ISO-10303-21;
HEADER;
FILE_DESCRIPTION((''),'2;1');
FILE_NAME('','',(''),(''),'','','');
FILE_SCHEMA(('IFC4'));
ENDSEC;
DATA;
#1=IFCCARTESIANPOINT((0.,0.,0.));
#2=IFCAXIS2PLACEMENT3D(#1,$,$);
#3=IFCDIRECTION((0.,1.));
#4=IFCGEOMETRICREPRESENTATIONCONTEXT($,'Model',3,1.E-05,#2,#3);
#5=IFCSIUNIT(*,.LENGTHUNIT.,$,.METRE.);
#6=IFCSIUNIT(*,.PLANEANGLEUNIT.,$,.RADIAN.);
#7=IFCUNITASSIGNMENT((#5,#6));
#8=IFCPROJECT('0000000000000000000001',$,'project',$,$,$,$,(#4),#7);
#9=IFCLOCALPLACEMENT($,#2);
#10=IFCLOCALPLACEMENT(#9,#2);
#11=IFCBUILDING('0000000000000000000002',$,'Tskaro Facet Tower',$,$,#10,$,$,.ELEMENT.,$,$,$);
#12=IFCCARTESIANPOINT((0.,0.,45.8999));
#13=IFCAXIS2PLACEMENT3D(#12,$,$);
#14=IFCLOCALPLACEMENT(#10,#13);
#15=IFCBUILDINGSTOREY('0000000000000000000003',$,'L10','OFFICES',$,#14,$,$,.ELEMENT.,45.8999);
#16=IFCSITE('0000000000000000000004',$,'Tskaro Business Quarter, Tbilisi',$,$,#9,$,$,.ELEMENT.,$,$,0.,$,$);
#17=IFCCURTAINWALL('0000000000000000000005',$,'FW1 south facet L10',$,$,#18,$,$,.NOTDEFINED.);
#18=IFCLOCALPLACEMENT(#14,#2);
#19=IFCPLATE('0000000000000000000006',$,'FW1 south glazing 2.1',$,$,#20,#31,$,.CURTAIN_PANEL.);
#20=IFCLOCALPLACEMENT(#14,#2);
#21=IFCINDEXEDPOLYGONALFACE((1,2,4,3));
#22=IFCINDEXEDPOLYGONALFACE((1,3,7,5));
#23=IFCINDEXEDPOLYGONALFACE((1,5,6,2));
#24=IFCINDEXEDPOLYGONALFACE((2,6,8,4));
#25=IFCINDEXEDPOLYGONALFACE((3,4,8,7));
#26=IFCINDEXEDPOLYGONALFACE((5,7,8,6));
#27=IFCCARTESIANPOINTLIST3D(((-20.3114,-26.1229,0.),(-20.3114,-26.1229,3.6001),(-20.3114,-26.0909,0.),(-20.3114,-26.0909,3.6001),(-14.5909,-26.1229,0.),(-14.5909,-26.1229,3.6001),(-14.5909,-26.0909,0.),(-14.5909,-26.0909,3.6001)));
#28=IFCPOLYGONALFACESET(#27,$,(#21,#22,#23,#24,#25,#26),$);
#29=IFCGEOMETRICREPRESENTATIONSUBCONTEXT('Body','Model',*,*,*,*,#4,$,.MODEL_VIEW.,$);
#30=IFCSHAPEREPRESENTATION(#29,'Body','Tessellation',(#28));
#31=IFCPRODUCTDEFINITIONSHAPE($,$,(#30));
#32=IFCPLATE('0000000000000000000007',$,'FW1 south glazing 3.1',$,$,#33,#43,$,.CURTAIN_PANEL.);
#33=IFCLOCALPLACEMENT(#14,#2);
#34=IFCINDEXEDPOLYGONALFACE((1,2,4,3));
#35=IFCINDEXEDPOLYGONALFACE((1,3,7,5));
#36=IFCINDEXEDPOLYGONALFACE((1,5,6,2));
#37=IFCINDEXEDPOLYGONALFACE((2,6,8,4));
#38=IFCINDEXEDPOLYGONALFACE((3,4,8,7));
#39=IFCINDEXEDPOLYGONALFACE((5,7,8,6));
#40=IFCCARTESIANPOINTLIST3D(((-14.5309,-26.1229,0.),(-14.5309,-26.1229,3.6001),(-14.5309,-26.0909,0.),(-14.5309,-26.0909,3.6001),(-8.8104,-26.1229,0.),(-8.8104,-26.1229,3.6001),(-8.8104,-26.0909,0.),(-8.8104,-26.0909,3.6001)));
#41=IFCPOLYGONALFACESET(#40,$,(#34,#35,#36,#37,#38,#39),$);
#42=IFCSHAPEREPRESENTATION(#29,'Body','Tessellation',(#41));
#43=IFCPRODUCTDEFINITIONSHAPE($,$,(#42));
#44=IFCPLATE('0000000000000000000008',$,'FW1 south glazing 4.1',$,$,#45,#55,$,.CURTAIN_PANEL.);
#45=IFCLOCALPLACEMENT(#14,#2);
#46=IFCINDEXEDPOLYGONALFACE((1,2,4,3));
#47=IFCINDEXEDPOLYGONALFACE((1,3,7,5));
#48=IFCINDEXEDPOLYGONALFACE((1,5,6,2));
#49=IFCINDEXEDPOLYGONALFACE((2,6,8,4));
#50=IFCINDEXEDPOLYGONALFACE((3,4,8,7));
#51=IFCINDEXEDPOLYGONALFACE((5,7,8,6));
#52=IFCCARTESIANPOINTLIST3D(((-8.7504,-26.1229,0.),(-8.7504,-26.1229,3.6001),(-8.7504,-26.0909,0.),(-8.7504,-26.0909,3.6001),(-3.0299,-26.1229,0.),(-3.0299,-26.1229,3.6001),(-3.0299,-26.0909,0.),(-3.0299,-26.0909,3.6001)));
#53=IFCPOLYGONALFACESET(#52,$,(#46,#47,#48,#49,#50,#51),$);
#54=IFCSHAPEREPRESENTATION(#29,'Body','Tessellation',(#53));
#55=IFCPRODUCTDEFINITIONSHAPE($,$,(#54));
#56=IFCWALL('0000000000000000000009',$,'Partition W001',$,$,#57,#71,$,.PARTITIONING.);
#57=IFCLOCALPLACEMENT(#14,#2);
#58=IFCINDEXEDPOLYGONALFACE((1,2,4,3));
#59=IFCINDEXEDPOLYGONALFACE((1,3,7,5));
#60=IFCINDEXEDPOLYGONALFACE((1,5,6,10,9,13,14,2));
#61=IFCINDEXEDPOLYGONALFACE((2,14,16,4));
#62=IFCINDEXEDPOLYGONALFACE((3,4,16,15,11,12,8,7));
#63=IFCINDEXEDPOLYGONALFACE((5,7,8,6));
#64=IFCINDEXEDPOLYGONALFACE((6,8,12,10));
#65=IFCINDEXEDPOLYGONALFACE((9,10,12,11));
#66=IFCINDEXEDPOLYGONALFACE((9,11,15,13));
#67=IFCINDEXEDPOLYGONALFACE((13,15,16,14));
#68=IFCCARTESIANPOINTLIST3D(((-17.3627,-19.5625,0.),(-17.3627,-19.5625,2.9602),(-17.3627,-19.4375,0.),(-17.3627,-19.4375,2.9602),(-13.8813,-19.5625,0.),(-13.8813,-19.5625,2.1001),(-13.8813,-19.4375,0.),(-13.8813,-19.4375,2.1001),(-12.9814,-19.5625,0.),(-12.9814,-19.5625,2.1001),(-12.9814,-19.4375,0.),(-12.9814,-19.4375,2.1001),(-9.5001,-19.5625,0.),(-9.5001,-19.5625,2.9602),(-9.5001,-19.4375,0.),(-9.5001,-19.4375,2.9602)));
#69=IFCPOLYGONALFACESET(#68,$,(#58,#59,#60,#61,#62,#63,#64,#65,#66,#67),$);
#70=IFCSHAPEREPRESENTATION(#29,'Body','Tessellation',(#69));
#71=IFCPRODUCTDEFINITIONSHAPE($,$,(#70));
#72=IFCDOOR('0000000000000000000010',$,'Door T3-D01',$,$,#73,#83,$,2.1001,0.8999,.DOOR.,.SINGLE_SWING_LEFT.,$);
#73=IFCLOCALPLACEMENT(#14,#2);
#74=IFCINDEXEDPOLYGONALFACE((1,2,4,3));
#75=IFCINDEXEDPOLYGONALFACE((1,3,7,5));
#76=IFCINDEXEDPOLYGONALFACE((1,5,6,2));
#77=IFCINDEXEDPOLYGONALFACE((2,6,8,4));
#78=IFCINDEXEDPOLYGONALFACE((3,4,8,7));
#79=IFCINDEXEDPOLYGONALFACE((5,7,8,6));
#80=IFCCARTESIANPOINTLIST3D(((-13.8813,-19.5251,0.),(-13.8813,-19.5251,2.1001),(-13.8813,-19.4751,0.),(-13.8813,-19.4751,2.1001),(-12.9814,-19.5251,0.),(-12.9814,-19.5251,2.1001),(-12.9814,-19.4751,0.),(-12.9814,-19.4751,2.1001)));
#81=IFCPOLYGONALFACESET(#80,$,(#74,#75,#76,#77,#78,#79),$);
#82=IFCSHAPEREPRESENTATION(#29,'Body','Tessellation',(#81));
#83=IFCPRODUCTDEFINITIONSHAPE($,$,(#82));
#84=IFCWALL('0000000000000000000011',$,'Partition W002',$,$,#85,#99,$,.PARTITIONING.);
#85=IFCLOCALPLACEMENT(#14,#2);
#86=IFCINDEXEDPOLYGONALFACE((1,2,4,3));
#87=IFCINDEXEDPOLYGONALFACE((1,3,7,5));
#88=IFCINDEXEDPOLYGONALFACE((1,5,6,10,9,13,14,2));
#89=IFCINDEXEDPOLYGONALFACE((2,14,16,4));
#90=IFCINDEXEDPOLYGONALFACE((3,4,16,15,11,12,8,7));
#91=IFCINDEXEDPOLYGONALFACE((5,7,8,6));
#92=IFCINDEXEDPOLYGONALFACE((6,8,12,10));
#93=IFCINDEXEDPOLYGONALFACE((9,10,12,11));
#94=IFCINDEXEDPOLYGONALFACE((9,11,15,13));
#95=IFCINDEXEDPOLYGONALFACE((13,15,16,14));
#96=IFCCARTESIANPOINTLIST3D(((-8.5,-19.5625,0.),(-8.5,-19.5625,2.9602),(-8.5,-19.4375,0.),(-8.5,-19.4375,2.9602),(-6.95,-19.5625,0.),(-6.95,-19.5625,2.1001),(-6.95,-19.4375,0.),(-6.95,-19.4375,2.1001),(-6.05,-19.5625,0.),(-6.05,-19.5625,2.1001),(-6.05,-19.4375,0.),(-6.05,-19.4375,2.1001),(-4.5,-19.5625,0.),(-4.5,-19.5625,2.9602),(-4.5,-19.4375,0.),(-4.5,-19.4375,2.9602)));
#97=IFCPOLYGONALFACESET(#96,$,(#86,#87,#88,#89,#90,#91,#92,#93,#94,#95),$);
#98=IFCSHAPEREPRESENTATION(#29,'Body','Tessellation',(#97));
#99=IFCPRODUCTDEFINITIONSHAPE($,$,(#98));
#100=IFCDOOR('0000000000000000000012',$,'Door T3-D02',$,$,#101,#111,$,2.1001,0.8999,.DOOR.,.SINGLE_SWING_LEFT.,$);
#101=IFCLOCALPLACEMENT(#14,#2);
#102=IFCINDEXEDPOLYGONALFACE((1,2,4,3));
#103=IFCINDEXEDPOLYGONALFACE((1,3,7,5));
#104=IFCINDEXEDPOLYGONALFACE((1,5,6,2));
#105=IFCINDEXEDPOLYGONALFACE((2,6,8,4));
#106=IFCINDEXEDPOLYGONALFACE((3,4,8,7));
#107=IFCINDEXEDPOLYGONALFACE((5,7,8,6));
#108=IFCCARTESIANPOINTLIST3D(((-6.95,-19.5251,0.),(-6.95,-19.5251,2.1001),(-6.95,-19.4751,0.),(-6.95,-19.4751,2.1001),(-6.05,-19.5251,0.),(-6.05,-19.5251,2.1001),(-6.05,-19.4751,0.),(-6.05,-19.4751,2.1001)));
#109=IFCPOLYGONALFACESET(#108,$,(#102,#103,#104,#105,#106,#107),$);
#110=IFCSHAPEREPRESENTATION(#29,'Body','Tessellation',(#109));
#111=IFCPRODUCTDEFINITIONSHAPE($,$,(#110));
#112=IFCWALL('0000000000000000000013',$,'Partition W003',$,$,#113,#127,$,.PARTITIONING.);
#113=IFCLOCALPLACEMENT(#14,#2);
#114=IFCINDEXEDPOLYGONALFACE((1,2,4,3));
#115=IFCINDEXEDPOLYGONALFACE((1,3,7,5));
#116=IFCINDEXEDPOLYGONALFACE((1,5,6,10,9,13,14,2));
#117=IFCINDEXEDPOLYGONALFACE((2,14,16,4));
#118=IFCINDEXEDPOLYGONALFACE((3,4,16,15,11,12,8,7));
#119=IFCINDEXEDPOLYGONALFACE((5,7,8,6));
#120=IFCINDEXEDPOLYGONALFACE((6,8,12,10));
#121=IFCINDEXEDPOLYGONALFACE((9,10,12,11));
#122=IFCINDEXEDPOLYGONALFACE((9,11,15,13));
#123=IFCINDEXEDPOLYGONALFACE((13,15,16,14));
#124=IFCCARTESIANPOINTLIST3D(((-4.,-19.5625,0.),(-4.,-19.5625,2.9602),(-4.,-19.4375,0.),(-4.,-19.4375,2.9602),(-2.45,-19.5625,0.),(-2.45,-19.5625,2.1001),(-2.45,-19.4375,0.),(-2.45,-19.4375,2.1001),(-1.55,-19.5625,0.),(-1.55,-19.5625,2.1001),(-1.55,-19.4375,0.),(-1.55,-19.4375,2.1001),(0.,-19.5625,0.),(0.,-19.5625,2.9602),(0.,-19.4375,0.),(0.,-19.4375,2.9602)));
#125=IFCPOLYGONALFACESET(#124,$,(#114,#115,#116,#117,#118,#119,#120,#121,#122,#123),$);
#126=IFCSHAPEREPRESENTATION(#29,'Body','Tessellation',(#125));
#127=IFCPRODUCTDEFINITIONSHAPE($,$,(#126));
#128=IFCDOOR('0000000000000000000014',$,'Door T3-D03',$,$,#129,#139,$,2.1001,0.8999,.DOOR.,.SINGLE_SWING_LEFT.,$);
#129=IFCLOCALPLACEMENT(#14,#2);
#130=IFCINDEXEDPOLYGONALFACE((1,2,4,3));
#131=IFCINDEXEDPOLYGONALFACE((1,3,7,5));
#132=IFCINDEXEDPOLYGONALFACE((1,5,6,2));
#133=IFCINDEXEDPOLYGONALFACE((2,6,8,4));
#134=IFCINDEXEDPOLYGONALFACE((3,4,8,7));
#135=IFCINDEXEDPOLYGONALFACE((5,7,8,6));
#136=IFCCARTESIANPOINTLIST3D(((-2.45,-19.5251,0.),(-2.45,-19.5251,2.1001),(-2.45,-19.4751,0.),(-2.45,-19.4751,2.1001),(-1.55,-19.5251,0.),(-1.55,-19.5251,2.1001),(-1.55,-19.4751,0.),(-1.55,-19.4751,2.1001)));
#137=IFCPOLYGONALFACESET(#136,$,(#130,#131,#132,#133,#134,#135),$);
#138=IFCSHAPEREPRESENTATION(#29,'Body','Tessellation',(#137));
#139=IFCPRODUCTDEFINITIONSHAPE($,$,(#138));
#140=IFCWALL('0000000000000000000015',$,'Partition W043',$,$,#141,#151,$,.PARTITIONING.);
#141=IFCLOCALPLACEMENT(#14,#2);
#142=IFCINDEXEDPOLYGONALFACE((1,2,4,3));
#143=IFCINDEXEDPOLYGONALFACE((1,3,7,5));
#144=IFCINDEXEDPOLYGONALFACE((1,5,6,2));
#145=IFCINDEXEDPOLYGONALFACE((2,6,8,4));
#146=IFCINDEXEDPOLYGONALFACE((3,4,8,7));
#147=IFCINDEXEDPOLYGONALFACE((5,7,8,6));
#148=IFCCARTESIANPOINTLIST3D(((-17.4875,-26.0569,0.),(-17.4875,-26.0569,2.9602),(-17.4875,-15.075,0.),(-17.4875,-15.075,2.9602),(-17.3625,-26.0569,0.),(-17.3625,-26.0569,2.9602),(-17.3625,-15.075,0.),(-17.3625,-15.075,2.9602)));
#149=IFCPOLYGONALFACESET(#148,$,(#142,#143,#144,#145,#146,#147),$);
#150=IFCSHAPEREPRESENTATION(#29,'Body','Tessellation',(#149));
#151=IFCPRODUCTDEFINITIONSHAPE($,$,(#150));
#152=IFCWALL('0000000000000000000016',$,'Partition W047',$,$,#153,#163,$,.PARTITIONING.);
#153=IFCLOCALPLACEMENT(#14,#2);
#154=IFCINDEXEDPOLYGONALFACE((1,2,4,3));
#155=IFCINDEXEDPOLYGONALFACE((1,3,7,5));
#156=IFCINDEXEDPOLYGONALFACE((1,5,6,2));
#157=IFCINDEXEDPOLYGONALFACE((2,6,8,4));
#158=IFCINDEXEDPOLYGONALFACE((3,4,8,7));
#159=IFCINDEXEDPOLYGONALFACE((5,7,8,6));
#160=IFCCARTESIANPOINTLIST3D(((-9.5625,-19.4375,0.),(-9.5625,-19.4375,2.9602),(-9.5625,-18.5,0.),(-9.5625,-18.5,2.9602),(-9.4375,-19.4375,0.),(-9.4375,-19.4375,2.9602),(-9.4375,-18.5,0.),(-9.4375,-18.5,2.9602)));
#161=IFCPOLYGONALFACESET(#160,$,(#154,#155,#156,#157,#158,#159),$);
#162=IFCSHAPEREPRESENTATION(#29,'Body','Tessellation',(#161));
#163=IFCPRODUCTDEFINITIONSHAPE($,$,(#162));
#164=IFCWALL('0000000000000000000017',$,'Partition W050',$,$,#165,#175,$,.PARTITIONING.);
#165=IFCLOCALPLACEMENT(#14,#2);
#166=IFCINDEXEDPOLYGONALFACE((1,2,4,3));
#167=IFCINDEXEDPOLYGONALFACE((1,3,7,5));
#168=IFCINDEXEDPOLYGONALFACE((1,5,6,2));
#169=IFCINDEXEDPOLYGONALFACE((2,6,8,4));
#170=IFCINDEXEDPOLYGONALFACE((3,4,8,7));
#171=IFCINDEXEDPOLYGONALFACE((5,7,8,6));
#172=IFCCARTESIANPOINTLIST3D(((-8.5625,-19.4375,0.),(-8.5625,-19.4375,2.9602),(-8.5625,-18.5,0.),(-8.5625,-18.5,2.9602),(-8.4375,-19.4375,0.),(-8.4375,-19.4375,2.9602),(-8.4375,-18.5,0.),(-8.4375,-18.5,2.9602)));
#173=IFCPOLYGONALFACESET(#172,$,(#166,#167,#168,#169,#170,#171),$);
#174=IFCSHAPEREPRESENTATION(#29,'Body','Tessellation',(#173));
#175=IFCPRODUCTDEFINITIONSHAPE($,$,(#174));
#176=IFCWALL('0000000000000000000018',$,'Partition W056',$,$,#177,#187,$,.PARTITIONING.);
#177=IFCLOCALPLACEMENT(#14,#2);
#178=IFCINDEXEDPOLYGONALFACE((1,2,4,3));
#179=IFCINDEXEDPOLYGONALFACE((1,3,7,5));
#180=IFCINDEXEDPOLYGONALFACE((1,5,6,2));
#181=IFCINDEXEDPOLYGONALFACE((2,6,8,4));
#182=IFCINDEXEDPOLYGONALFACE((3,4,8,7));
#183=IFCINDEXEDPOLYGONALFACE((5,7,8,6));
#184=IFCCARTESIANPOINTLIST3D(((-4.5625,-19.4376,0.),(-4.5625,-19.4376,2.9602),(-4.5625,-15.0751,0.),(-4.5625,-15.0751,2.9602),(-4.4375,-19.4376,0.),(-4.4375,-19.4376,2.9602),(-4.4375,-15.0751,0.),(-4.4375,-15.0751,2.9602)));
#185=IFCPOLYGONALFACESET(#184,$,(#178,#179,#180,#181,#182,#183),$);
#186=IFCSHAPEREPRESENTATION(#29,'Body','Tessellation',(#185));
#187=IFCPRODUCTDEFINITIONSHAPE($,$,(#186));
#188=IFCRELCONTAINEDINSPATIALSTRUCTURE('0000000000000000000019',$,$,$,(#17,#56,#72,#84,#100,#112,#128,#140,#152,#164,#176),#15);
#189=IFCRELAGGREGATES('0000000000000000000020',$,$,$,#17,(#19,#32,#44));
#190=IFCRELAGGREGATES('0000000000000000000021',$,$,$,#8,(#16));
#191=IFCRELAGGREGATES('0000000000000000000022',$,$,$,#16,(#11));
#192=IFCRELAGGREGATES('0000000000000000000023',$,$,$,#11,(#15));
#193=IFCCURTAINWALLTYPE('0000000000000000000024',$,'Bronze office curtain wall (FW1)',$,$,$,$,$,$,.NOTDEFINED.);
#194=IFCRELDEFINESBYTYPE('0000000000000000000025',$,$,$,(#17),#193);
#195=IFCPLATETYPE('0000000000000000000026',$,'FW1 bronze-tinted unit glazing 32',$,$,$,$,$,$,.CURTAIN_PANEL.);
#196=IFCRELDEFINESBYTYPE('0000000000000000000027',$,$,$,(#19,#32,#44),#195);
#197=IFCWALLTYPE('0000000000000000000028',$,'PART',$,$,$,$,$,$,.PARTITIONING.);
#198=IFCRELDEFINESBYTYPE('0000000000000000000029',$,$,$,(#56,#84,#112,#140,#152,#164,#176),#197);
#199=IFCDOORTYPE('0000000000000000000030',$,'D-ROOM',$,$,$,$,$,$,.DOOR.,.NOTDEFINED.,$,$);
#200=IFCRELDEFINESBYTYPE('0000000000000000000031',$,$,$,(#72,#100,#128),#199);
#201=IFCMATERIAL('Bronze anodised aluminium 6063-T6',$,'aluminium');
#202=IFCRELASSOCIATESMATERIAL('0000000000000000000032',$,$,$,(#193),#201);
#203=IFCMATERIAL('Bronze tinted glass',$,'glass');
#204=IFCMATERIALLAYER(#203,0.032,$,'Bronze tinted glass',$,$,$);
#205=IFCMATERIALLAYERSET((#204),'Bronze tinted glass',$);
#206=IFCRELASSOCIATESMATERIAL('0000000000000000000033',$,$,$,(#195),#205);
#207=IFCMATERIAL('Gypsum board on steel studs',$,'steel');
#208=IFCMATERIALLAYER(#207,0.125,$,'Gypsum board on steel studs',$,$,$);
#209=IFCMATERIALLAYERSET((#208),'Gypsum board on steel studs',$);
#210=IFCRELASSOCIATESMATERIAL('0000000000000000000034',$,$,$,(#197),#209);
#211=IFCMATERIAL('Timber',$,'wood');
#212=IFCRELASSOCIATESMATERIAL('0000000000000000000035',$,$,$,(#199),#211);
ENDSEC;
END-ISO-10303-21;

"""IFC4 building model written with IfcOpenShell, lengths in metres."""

from ifc_helpers import new_model, si_unit, direction, frame, frame_2d, origin, origin_2d, place, context, subcontext, project, spatial, rectangle, extrude, material, layer, layer_set, type_object, element, fill, aggregate, save


model = new_model("IFC4")

# Units and contexts
model_context = context("Model", 3, precision=1e-05, world=origin(), true_north=direction((0.0, 1.0)))
body_context = subcontext(model_context, "Body", "Model", "MODEL_VIEW")
ifc_project = project(units=[si_unit("LENGTHUNIT", "METRE"), si_unit("PLANEANGLEUNIT", "RADIAN")], contexts=[model_context])

# Site, building, storey
site_placement = place(None, origin())
site = spatial("IfcSite", under=ifc_project, at=site_placement, Name="Tskaro Business Quarter, Tbilisi", CompositionType="ELEMENT", RefElevation=0.0)
building_placement = place(site_placement, origin())
building = spatial("IfcBuilding", under=site, at=building_placement, Name="Tskaro Facet Tower", CompositionType="ELEMENT")
storey_placement = place(building_placement, frame((0.0, 0.0, 45.8999)))
storey = spatial("IfcBuildingStorey", under=building, at=storey_placement, Name="L10", Description="OFFICES", CompositionType="ELEMENT", Elevation=45.8999)

# Curtain wall
ifc_material_1 = material(Name="Bronze anodised aluminium 6063-T6", Category="aluminium")
curtain_wall_type = type_object("IfcCurtainWallType", Name="Bronze office curtain wall (FW1)", PredefinedType="NOTDEFINED", material=ifc_material_1)
curtain_wall_placement = place(storey_placement, origin())
curtain_wall = element("IfcCurtainWall", 1, at=curtain_wall_placement, inside=storey, type_object=curtain_wall_type, Name="FW1 south facet L10", PredefinedType="NOTDEFINED")

# Plates
ifc_material_2 = material(Name="Bronze tinted glass", Category="glass")
ifc_layer_1 = layer(ifc_material_2, 0.032, Name="Bronze tinted glass")
ifc_layer_set_1 = layer_set([ifc_layer_1], Name="Bronze tinted glass")
plate_type = type_object("IfcPlateType", Name="FW1 bronze-tinted unit glazing 32", PredefinedType="CURTAIN_PANEL", material=ifc_layer_set_1)
plate_1_placement = place(storey_placement, frame((-17.4512, -26.1069, 0.0), z_axis=(0.0, 0.0, 1.0), x_axis=(1.0, 0.0, 0.0)))
plate_1 = element("IfcPlate", 2, at=plate_1_placement, type_object=plate_type, Name="FW1 south glazing 2.1", PredefinedType="CURTAIN_PANEL", context=body_context, shape_type="SweptSolid", body=[
    extrude(rectangle(XDim=5.7205, YDim=0.032, at=origin_2d()), origin(), (0.0, 0.0, 1.0), 3.6001),
])
plate_2_placement = place(storey_placement, frame((-11.6707, -26.1069, 0.0), z_axis=(0.0, 0.0, 1.0), x_axis=(1.0, 0.0, 0.0)))
plate_2 = element("IfcPlate", 3, at=plate_2_placement, type_object=plate_type, Name="FW1 south glazing 3.1", PredefinedType="CURTAIN_PANEL", context=body_context, shape_type="SweptSolid", body=[
    extrude(rectangle(XDim=5.7205, YDim=0.032, at=origin_2d()), origin(), (0.0, 0.0, 1.0), 3.6001),
])
plate_3_placement = place(storey_placement, frame((-5.8901, -26.1069, 0.0), z_axis=(0.0, 0.0, 1.0), x_axis=(1.0, 0.0, 0.0)))
plate_3 = element("IfcPlate", 4, at=plate_3_placement, type_object=plate_type, Name="FW1 south glazing 4.1", PredefinedType="CURTAIN_PANEL", context=body_context, shape_type="SweptSolid", body=[
    extrude(rectangle(XDim=5.7205, YDim=0.032, at=origin_2d()), origin(), (0.0, 0.0, 1.0), 3.6001),
])
aggregate(curtain_wall, [plate_1, plate_2, plate_3])

# Walls, openings, doors
ifc_material_3 = material(Name="Gypsum board on steel studs", Category="steel")
ifc_layer_2 = layer(ifc_material_3, 0.125, Name="Gypsum board on steel studs")
ifc_layer_set_2 = layer_set([ifc_layer_2], Name="Gypsum board on steel studs")
wall_type = type_object("IfcWallType", Name="PART", PredefinedType="PARTITIONING", material=ifc_layer_set_2)
wall_1_placement = place(storey_placement, frame((-17.3625, -19.5, 0.0), z_axis=(0.0, 0.0, 1.0), x_axis=(1.0, 0.0, 0.0)))
wall_1 = element("IfcWall", 5, at=wall_1_placement, inside=storey, type_object=wall_type, Name="Partition W001", PredefinedType="PARTITIONING", context=body_context, shape_type="SweptSolid", body=[
    extrude(rectangle(XDim=7.8625, YDim=0.125, at=frame_2d((3.9312, 0.0))), origin(), (0.0, 0.0, 1.0), 2.9602),
])
opening_1_placement = place(wall_1_placement, frame((3.4812, 0.0, 0.0)))
opening_1 = element("IfcOpeningElement", 6, at=opening_1_placement, cuts=wall_1, PredefinedType="OPENING", context=body_context, shape_type="SweptSolid", body=[
    extrude(rectangle(XDim=0.8999, YDim=2.1001, at=frame_2d((0.45, 1.05))), frame((0.0, 0.0725, 0.0), z_axis=(0.0, -1.0, 0.0), x_axis=(1.0, 0.0, 0.0)), (0.0, 0.0, 1.0), 0.145),
])
ifc_material_4 = material(Name="Timber", Category="wood")
door_type = type_object("IfcDoorType", Name="D-ROOM", OperationType="NOTDEFINED", PredefinedType="DOOR", material=ifc_material_4)
door_1_placement = place(opening_1_placement, origin())
door_1 = element("IfcDoor", 7, at=door_1_placement, inside=storey, type_object=door_type, Name="Door T3-D01", OperationType="SINGLE_SWING_LEFT", OverallHeight=2.1001, OverallWidth=0.8999, PredefinedType="DOOR", context=body_context, shape_type="SweptSolid", body=[
    extrude(rectangle(XDim=0.8999, YDim=2.1001, at=frame_2d((0.45, 1.05))), frame((0.0, 0.0249, 0.0), z_axis=(0.0, -1.0, 0.0), x_axis=(1.0, 0.0, 0.0)), (0.0, 0.0, 1.0), 0.05),
])
fill(opening_1, door_1)
wall_2_placement = place(storey_placement, frame((-8.5, -19.5, 0.0), z_axis=(0.0, 0.0, 1.0), x_axis=(1.0, 0.0, 0.0)))
wall_2 = element("IfcWall", 8, at=wall_2_placement, inside=storey, type_object=wall_type, Name="Partition W002", PredefinedType="PARTITIONING", context=body_context, shape_type="SweptSolid", body=[
    extrude(rectangle(XDim=4.0, YDim=0.125, at=frame_2d((2.0, 0.0))), origin(), (0.0, 0.0, 1.0), 2.9602),
])
opening_2_placement = place(wall_2_placement, frame((1.55, 0.0, 0.0)))
opening_2 = element("IfcOpeningElement", 9, at=opening_2_placement, cuts=wall_2, PredefinedType="OPENING", context=body_context, shape_type="SweptSolid", body=[
    extrude(rectangle(XDim=0.8999, YDim=2.1001, at=frame_2d((0.45, 1.05))), frame((0.0, 0.0725, 0.0), z_axis=(0.0, -1.0, 0.0), x_axis=(1.0, 0.0, 0.0)), (0.0, 0.0, 1.0), 0.145),
])
door_2_placement = place(opening_2_placement, origin())
door_2 = element("IfcDoor", 10, at=door_2_placement, inside=storey, type_object=door_type, Name="Door T3-D02", OperationType="SINGLE_SWING_LEFT", OverallHeight=2.1001, OverallWidth=0.8999, PredefinedType="DOOR", context=body_context, shape_type="SweptSolid", body=[
    extrude(rectangle(XDim=0.8999, YDim=2.1001, at=frame_2d((0.45, 1.05))), frame((0.0, 0.0249, 0.0), z_axis=(0.0, -1.0, 0.0), x_axis=(1.0, 0.0, 0.0)), (0.0, 0.0, 1.0), 0.05),
])
fill(opening_2, door_2)
wall_3_placement = place(storey_placement, frame((-4.0, -19.5, 0.0), z_axis=(0.0, 0.0, 1.0), x_axis=(1.0, 0.0, 0.0)))
wall_3 = element("IfcWall", 11, at=wall_3_placement, inside=storey, type_object=wall_type, Name="Partition W003", PredefinedType="PARTITIONING", context=body_context, shape_type="SweptSolid", body=[
    extrude(rectangle(XDim=4.0, YDim=0.125, at=frame_2d((2.0, 0.0))), origin(), (0.0, 0.0, 1.0), 2.9602),
])
opening_3_placement = place(wall_3_placement, frame((1.55, 0.0, 0.0)))
opening_3 = element("IfcOpeningElement", 12, at=opening_3_placement, cuts=wall_3, PredefinedType="OPENING", context=body_context, shape_type="SweptSolid", body=[
    extrude(rectangle(XDim=0.8999, YDim=2.1001, at=frame_2d((0.45, 1.05))), frame((0.0, 0.0725, 0.0), z_axis=(0.0, -1.0, 0.0), x_axis=(1.0, 0.0, 0.0)), (0.0, 0.0, 1.0), 0.145),
])
door_3_placement = place(opening_3_placement, origin())
door_3 = element("IfcDoor", 13, at=door_3_placement, inside=storey, type_object=door_type, Name="Door T3-D03", OperationType="SINGLE_SWING_LEFT", OverallHeight=2.1001, OverallWidth=0.8999, PredefinedType="DOOR", context=body_context, shape_type="SweptSolid", body=[
    extrude(rectangle(XDim=0.8999, YDim=2.1001, at=frame_2d((0.45, 1.05))), frame((0.0, 0.0249, 0.0), z_axis=(0.0, -1.0, 0.0), x_axis=(1.0, 0.0, 0.0)), (0.0, 0.0, 1.0), 0.05),
])
fill(opening_3, door_3)

# Walls
wall_4_placement = place(storey_placement, frame((-17.425, -26.0569, 0.0), z_axis=(0.0, 0.0, 1.0), x_axis=(0.0, 1.0, 0.0)))
element("IfcWall", 14, at=wall_4_placement, inside=storey, type_object=wall_type, Name="Partition W043", PredefinedType="PARTITIONING", context=body_context, shape_type="SweptSolid", body=[
    extrude(rectangle(XDim=10.9819, YDim=0.125, at=frame_2d((5.491, 0.0))), origin(), (0.0, 0.0, 1.0), 2.9602),
])
for number, where, z_axis, x_axis, name in (
    (15, (-9.5, -19.4375, 0.0), (0.0, 0.0, 1.0), (0.0, 1.0, 0.0), "Partition W047"),
    (16, (-8.5, -19.4375, 0.0), (0.0, 0.0, 1.0), (0.0, 1.0, 0.0), "Partition W050"),
):
    element("IfcWall", number, at=place(storey_placement, frame(where, z_axis=z_axis, x_axis=x_axis)), inside=storey, type_object=wall_type, Name=name, PredefinedType="PARTITIONING", context=body_context, shape_type="SweptSolid", body=[
        extrude(rectangle(XDim=0.9375, YDim=0.125, at=frame_2d((0.4688, 0.0))), origin(), (0.0, 0.0, 1.0), 2.9602),
    ])
wall_5_placement = place(storey_placement, frame((-4.5, -19.4375, 0.0), z_axis=(0.0, 0.0, 1.0), x_axis=(0.0, 1.0, 0.0)))
element("IfcWall", 17, at=wall_5_placement, inside=storey, type_object=wall_type, Name="Partition W056", PredefinedType="PARTITIONING", context=body_context, shape_type="SweptSolid", body=[
    extrude(rectangle(XDim=4.3625, YDim=0.125, at=frame_2d((2.1812, 0.0))), origin(), (0.0, 0.0, 1.0), 2.9602),
])

save(model, "model.ifc")
